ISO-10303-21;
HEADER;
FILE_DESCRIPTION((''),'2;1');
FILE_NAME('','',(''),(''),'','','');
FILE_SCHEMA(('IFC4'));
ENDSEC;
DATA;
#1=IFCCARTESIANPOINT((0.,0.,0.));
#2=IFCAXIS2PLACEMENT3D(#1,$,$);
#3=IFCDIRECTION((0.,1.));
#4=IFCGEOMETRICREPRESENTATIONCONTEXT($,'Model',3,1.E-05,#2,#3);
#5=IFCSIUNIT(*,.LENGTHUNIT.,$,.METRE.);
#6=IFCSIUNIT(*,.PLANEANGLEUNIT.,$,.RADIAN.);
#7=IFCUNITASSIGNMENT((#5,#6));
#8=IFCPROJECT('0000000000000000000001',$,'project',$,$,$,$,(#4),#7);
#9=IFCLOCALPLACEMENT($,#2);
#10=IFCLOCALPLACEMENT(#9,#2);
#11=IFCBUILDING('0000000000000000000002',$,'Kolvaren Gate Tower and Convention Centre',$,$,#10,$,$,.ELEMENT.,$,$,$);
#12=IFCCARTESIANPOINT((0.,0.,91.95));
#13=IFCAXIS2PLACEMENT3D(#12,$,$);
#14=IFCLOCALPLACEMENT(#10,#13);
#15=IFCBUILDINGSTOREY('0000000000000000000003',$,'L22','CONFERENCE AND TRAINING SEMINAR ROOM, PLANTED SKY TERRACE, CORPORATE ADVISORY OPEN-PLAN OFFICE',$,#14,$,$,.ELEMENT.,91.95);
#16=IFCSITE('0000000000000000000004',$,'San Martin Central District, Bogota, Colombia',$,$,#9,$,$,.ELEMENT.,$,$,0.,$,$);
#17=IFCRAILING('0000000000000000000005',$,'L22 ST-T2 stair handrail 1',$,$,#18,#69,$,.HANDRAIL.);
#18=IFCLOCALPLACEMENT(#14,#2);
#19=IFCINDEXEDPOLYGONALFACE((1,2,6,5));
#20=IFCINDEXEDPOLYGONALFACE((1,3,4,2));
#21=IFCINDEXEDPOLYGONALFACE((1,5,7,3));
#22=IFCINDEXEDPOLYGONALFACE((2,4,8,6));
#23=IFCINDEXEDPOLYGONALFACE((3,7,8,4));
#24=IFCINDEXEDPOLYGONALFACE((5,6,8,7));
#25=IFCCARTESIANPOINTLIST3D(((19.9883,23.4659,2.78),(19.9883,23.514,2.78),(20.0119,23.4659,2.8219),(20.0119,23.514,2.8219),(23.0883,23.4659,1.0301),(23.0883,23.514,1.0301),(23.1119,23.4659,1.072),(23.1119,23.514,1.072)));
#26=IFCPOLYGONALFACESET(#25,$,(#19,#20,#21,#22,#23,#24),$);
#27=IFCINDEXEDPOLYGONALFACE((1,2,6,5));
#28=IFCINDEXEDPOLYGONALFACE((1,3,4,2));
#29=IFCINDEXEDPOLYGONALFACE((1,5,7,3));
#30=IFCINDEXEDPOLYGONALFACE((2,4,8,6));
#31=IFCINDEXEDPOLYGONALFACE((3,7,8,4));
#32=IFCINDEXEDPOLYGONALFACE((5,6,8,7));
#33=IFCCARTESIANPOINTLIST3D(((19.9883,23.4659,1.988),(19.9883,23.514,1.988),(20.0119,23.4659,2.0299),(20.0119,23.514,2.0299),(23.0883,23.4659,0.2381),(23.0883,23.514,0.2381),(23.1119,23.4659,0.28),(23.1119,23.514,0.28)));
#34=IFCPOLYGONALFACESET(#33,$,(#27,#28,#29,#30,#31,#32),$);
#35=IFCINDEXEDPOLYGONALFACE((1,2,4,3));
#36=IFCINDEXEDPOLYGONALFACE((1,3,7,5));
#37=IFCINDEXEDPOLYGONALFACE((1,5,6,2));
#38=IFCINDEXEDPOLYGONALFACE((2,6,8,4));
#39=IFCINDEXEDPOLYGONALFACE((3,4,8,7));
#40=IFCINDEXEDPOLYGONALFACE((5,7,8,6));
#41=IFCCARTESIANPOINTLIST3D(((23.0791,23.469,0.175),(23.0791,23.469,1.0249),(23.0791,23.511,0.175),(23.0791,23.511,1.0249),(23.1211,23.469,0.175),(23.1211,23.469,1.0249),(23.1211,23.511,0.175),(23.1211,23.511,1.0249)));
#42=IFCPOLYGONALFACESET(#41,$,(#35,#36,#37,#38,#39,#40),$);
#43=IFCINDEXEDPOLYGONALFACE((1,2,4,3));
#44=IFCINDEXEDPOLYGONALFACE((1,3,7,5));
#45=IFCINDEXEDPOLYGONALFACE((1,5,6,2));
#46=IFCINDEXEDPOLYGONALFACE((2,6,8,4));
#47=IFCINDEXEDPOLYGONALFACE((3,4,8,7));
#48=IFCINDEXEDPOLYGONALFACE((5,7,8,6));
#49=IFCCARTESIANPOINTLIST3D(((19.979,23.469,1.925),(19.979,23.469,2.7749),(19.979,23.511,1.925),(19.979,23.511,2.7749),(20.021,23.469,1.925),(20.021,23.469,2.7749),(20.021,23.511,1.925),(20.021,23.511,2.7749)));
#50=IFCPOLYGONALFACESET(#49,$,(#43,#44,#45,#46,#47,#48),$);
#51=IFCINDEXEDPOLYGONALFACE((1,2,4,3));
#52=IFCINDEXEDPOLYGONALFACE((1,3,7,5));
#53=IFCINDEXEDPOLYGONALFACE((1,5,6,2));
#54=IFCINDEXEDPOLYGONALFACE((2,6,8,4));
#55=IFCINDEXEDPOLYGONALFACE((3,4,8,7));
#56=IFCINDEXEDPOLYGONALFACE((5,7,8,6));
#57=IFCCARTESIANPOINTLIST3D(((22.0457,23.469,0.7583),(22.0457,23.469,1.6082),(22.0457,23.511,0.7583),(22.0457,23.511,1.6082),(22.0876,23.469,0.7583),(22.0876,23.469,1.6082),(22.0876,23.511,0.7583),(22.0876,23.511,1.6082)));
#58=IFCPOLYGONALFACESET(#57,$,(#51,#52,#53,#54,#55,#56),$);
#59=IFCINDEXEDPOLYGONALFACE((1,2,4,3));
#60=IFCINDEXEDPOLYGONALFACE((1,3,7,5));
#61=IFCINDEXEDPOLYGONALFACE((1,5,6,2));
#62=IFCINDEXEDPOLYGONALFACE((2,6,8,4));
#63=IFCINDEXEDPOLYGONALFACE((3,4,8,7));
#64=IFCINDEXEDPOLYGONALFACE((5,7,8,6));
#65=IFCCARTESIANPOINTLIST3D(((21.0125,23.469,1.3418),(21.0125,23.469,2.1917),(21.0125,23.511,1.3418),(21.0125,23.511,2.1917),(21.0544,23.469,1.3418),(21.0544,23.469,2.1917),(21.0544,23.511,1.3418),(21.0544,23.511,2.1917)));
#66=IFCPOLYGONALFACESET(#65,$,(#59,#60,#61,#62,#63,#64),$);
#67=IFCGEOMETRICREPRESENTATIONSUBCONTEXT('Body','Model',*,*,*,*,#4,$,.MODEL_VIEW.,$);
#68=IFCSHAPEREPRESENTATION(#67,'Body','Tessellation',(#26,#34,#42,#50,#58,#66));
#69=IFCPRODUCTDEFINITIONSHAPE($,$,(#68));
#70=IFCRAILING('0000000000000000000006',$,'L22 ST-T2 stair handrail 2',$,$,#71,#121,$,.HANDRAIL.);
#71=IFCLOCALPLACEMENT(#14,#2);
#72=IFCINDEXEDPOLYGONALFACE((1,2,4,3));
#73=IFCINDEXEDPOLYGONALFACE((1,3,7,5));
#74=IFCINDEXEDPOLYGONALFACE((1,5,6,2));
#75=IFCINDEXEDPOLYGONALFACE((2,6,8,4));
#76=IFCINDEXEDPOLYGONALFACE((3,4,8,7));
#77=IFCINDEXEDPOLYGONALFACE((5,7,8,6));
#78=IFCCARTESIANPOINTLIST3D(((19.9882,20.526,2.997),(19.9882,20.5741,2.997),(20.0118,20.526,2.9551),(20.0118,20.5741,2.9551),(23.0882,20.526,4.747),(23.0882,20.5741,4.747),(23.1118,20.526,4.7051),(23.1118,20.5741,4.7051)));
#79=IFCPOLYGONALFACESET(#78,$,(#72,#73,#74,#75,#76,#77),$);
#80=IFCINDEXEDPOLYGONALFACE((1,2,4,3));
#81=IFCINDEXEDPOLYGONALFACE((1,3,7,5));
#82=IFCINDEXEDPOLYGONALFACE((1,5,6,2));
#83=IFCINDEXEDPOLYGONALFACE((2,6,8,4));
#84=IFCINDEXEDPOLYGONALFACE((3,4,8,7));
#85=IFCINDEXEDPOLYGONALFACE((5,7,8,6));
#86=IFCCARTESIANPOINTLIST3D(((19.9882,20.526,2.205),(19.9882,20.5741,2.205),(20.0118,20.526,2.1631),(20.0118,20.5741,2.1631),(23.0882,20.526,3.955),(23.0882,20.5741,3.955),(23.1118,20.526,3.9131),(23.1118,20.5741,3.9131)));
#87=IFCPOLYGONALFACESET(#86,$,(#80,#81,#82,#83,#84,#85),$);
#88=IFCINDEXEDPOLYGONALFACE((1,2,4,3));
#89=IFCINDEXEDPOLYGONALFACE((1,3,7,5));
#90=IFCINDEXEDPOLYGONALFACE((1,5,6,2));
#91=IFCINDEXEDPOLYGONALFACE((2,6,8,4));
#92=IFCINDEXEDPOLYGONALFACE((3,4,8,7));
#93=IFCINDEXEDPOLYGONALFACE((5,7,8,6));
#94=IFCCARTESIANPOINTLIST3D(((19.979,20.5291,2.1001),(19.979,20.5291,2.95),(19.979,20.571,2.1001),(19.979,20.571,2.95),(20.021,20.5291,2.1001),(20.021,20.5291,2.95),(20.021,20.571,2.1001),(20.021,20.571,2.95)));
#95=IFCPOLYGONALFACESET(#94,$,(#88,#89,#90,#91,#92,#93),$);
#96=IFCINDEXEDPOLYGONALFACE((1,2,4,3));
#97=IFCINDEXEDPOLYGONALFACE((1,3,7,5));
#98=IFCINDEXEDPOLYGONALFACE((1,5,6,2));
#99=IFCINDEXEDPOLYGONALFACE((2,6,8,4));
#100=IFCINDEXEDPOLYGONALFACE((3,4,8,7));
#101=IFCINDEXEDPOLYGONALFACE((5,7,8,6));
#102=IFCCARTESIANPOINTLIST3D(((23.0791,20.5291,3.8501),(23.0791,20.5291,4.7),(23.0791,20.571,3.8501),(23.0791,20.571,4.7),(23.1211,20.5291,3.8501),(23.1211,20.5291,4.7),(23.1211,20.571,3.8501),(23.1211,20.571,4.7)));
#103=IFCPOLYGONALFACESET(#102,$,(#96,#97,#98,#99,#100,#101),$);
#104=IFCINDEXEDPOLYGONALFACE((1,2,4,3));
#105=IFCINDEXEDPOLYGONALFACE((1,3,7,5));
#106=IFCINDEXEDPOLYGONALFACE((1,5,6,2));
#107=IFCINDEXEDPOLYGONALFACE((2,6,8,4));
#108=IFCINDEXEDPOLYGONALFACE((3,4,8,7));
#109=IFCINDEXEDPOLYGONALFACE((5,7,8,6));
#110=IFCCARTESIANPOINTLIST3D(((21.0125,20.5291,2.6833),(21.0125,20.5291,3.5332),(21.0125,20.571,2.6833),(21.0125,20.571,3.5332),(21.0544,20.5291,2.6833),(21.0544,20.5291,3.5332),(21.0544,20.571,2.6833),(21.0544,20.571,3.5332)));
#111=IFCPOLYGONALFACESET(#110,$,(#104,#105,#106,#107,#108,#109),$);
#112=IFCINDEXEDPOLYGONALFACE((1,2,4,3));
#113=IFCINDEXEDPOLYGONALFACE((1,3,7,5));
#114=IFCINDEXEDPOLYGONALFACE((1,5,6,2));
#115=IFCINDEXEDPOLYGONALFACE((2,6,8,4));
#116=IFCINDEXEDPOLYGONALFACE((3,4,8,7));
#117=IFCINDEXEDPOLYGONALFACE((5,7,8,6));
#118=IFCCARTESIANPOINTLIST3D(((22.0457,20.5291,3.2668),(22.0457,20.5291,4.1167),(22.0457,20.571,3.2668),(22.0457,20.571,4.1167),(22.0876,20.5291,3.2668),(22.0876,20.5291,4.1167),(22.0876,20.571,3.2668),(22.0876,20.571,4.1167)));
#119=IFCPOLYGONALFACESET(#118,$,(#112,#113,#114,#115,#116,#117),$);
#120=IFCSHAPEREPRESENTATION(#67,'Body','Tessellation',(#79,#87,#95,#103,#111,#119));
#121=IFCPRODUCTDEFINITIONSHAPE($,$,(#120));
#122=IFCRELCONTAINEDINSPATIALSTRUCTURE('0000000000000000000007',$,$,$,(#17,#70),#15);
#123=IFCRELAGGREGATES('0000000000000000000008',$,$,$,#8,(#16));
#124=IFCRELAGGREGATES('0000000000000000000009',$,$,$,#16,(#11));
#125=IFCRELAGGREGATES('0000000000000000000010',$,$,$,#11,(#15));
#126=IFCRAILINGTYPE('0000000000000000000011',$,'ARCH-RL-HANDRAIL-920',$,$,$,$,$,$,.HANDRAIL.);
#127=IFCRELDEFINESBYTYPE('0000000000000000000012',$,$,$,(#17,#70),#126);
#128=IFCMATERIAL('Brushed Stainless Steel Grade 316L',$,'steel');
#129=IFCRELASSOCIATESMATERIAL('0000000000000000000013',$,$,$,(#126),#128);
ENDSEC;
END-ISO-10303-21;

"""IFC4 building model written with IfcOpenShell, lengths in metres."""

from ifc_helpers import new_model, si_unit, direction, frame, origin, origin_2d, place, context, subcontext, project, spatial, rectangle, extrude, material, type_object, element, save


model = new_model("IFC4")

# Units and contexts
model_context = context("Model", 3, precision=1e-05, world=origin(), true_north=direction((0.0, 1.0)))
body_context = subcontext(model_context, "Body", "Model", "MODEL_VIEW")
ifc_project = project(units=[si_unit("LENGTHUNIT", "METRE"), si_unit("PLANEANGLEUNIT", "RADIAN")], contexts=[model_context])

# Site, building, storey
site_placement = place(None, origin())
site = spatial("IfcSite", under=ifc_project, at=site_placement, Name="San Martin Central District, Bogota, Colombia", CompositionType="ELEMENT", RefElevation=0.0)
building_placement = place(site_placement, origin())
building = spatial("IfcBuilding", under=site, at=building_placement, Name="Kolvaren Gate Tower and Convention Centre", CompositionType="ELEMENT")
storey_placement = place(building_placement, frame((0.0, 0.0, 91.95)))
storey = spatial("IfcBuildingStorey", under=building, at=storey_placement, Name="L22", Description="CONFERENCE AND TRAINING SEMINAR ROOM, PLANTED SKY TERRACE, CORPORATE ADVISORY OPEN-PLAN OFFICE", CompositionType="ELEMENT", Elevation=91.95)

# Shared definitions
ifc_material_1 = material(Name="Brushed Stainless Steel Grade 316L", Category="steel")

# Railings
railing_type_1 = type_object("IfcRailingType", Name="ARCH-RL-HANDRAIL-920", PredefinedType="HANDRAIL", material=ifc_material_1)
railing_1_placement = place(storey_placement, frame((23.1001, 23.49, 0.175)))
element("IfcRailing", 1, at=railing_1_placement, inside=storey, type_object=railing_type_1, Name="L22 ST-T2 stair handrail 1", PredefinedType="HANDRAIL", context=body_context, shape_type="SweptSolid", body=[
    extrude(rectangle(XDim=0.0481, YDim=0.0481, at=origin_2d()), frame((0.0, 0.0, 0.876), z_axis=(-0.870831, 0.0, 0.491583), x_axis=(0.0, -1.0, 0.0)), (0.0, 0.0, 1.0), 3.5598),
    extrude(rectangle(XDim=0.0481, YDim=0.0481, at=origin_2d()), frame((0.0, 0.0, 0.084), z_axis=(-0.870831, 0.0, 0.491583), x_axis=(0.0, -1.0, 0.0)), (0.0, 0.0, 1.0), 3.5598),
    extrude(rectangle(XDim=0.042, YDim=0.042, at=origin_2d()), origin(), (0.0, 0.0, 1.0), 0.8499),
    extrude(rectangle(XDim=0.042, YDim=0.042, at=origin_2d()), frame((-3.1001, 0.0, 1.75)), (0.0, 0.0, 1.0), 0.8499),
    extrude(rectangle(XDim=0.042, YDim=0.042, at=origin_2d()), frame((-1.0334, 0.0, 0.5833)), (0.0, 0.0, 1.0), 0.8499),
    extrude(rectangle(XDim=0.042, YDim=0.042, at=origin_2d()), frame((-2.0667, 0.0, 1.1667)), (0.0, 0.0, 1.0), 0.8499),
])
railing_2_placement = place(storey_placement, frame((20.0, 20.55, 2.1001)))
element("IfcRailing", 2, at=railing_2_placement, inside=storey, type_object=railing_type_1, Name="L22 ST-T2 stair handrail 2", PredefinedType="HANDRAIL", context=body_context, shape_type="SweptSolid", body=[
    extrude(rectangle(XDim=0.0481, YDim=0.0481, at=origin_2d()), frame((0.0, 0.0, 0.876), z_axis=(0.870831, 0.0, 0.491583), x_axis=(0.0, 1.0, 0.0)), (0.0, 0.0, 1.0), 3.5598),
    extrude(rectangle(XDim=0.0481, YDim=0.0481, at=origin_2d()), frame((0.0, 0.0, 0.084), z_axis=(0.870831, 0.0, 0.491583), x_axis=(0.0, 1.0, 0.0)), (0.0, 0.0, 1.0), 3.5598),
    extrude(rectangle(XDim=0.042, YDim=0.042, at=origin_2d()), origin(), (0.0, 0.0, 1.0), 0.8499),
    extrude(rectangle(XDim=0.042, YDim=0.042, at=origin_2d()), frame((3.1001, 0.0, 1.75)), (0.0, 0.0, 1.0), 0.8499),
    extrude(rectangle(XDim=0.042, YDim=0.042, at=origin_2d()), frame((1.0334, 0.0, 0.5833)), (0.0, 0.0, 1.0), 0.8499),
    extrude(rectangle(XDim=0.042, YDim=0.042, at=origin_2d()), frame((2.0667, 0.0, 1.1667)), (0.0, 0.0, 1.0), 0.8499),
])

save(model, "model.ifc")
